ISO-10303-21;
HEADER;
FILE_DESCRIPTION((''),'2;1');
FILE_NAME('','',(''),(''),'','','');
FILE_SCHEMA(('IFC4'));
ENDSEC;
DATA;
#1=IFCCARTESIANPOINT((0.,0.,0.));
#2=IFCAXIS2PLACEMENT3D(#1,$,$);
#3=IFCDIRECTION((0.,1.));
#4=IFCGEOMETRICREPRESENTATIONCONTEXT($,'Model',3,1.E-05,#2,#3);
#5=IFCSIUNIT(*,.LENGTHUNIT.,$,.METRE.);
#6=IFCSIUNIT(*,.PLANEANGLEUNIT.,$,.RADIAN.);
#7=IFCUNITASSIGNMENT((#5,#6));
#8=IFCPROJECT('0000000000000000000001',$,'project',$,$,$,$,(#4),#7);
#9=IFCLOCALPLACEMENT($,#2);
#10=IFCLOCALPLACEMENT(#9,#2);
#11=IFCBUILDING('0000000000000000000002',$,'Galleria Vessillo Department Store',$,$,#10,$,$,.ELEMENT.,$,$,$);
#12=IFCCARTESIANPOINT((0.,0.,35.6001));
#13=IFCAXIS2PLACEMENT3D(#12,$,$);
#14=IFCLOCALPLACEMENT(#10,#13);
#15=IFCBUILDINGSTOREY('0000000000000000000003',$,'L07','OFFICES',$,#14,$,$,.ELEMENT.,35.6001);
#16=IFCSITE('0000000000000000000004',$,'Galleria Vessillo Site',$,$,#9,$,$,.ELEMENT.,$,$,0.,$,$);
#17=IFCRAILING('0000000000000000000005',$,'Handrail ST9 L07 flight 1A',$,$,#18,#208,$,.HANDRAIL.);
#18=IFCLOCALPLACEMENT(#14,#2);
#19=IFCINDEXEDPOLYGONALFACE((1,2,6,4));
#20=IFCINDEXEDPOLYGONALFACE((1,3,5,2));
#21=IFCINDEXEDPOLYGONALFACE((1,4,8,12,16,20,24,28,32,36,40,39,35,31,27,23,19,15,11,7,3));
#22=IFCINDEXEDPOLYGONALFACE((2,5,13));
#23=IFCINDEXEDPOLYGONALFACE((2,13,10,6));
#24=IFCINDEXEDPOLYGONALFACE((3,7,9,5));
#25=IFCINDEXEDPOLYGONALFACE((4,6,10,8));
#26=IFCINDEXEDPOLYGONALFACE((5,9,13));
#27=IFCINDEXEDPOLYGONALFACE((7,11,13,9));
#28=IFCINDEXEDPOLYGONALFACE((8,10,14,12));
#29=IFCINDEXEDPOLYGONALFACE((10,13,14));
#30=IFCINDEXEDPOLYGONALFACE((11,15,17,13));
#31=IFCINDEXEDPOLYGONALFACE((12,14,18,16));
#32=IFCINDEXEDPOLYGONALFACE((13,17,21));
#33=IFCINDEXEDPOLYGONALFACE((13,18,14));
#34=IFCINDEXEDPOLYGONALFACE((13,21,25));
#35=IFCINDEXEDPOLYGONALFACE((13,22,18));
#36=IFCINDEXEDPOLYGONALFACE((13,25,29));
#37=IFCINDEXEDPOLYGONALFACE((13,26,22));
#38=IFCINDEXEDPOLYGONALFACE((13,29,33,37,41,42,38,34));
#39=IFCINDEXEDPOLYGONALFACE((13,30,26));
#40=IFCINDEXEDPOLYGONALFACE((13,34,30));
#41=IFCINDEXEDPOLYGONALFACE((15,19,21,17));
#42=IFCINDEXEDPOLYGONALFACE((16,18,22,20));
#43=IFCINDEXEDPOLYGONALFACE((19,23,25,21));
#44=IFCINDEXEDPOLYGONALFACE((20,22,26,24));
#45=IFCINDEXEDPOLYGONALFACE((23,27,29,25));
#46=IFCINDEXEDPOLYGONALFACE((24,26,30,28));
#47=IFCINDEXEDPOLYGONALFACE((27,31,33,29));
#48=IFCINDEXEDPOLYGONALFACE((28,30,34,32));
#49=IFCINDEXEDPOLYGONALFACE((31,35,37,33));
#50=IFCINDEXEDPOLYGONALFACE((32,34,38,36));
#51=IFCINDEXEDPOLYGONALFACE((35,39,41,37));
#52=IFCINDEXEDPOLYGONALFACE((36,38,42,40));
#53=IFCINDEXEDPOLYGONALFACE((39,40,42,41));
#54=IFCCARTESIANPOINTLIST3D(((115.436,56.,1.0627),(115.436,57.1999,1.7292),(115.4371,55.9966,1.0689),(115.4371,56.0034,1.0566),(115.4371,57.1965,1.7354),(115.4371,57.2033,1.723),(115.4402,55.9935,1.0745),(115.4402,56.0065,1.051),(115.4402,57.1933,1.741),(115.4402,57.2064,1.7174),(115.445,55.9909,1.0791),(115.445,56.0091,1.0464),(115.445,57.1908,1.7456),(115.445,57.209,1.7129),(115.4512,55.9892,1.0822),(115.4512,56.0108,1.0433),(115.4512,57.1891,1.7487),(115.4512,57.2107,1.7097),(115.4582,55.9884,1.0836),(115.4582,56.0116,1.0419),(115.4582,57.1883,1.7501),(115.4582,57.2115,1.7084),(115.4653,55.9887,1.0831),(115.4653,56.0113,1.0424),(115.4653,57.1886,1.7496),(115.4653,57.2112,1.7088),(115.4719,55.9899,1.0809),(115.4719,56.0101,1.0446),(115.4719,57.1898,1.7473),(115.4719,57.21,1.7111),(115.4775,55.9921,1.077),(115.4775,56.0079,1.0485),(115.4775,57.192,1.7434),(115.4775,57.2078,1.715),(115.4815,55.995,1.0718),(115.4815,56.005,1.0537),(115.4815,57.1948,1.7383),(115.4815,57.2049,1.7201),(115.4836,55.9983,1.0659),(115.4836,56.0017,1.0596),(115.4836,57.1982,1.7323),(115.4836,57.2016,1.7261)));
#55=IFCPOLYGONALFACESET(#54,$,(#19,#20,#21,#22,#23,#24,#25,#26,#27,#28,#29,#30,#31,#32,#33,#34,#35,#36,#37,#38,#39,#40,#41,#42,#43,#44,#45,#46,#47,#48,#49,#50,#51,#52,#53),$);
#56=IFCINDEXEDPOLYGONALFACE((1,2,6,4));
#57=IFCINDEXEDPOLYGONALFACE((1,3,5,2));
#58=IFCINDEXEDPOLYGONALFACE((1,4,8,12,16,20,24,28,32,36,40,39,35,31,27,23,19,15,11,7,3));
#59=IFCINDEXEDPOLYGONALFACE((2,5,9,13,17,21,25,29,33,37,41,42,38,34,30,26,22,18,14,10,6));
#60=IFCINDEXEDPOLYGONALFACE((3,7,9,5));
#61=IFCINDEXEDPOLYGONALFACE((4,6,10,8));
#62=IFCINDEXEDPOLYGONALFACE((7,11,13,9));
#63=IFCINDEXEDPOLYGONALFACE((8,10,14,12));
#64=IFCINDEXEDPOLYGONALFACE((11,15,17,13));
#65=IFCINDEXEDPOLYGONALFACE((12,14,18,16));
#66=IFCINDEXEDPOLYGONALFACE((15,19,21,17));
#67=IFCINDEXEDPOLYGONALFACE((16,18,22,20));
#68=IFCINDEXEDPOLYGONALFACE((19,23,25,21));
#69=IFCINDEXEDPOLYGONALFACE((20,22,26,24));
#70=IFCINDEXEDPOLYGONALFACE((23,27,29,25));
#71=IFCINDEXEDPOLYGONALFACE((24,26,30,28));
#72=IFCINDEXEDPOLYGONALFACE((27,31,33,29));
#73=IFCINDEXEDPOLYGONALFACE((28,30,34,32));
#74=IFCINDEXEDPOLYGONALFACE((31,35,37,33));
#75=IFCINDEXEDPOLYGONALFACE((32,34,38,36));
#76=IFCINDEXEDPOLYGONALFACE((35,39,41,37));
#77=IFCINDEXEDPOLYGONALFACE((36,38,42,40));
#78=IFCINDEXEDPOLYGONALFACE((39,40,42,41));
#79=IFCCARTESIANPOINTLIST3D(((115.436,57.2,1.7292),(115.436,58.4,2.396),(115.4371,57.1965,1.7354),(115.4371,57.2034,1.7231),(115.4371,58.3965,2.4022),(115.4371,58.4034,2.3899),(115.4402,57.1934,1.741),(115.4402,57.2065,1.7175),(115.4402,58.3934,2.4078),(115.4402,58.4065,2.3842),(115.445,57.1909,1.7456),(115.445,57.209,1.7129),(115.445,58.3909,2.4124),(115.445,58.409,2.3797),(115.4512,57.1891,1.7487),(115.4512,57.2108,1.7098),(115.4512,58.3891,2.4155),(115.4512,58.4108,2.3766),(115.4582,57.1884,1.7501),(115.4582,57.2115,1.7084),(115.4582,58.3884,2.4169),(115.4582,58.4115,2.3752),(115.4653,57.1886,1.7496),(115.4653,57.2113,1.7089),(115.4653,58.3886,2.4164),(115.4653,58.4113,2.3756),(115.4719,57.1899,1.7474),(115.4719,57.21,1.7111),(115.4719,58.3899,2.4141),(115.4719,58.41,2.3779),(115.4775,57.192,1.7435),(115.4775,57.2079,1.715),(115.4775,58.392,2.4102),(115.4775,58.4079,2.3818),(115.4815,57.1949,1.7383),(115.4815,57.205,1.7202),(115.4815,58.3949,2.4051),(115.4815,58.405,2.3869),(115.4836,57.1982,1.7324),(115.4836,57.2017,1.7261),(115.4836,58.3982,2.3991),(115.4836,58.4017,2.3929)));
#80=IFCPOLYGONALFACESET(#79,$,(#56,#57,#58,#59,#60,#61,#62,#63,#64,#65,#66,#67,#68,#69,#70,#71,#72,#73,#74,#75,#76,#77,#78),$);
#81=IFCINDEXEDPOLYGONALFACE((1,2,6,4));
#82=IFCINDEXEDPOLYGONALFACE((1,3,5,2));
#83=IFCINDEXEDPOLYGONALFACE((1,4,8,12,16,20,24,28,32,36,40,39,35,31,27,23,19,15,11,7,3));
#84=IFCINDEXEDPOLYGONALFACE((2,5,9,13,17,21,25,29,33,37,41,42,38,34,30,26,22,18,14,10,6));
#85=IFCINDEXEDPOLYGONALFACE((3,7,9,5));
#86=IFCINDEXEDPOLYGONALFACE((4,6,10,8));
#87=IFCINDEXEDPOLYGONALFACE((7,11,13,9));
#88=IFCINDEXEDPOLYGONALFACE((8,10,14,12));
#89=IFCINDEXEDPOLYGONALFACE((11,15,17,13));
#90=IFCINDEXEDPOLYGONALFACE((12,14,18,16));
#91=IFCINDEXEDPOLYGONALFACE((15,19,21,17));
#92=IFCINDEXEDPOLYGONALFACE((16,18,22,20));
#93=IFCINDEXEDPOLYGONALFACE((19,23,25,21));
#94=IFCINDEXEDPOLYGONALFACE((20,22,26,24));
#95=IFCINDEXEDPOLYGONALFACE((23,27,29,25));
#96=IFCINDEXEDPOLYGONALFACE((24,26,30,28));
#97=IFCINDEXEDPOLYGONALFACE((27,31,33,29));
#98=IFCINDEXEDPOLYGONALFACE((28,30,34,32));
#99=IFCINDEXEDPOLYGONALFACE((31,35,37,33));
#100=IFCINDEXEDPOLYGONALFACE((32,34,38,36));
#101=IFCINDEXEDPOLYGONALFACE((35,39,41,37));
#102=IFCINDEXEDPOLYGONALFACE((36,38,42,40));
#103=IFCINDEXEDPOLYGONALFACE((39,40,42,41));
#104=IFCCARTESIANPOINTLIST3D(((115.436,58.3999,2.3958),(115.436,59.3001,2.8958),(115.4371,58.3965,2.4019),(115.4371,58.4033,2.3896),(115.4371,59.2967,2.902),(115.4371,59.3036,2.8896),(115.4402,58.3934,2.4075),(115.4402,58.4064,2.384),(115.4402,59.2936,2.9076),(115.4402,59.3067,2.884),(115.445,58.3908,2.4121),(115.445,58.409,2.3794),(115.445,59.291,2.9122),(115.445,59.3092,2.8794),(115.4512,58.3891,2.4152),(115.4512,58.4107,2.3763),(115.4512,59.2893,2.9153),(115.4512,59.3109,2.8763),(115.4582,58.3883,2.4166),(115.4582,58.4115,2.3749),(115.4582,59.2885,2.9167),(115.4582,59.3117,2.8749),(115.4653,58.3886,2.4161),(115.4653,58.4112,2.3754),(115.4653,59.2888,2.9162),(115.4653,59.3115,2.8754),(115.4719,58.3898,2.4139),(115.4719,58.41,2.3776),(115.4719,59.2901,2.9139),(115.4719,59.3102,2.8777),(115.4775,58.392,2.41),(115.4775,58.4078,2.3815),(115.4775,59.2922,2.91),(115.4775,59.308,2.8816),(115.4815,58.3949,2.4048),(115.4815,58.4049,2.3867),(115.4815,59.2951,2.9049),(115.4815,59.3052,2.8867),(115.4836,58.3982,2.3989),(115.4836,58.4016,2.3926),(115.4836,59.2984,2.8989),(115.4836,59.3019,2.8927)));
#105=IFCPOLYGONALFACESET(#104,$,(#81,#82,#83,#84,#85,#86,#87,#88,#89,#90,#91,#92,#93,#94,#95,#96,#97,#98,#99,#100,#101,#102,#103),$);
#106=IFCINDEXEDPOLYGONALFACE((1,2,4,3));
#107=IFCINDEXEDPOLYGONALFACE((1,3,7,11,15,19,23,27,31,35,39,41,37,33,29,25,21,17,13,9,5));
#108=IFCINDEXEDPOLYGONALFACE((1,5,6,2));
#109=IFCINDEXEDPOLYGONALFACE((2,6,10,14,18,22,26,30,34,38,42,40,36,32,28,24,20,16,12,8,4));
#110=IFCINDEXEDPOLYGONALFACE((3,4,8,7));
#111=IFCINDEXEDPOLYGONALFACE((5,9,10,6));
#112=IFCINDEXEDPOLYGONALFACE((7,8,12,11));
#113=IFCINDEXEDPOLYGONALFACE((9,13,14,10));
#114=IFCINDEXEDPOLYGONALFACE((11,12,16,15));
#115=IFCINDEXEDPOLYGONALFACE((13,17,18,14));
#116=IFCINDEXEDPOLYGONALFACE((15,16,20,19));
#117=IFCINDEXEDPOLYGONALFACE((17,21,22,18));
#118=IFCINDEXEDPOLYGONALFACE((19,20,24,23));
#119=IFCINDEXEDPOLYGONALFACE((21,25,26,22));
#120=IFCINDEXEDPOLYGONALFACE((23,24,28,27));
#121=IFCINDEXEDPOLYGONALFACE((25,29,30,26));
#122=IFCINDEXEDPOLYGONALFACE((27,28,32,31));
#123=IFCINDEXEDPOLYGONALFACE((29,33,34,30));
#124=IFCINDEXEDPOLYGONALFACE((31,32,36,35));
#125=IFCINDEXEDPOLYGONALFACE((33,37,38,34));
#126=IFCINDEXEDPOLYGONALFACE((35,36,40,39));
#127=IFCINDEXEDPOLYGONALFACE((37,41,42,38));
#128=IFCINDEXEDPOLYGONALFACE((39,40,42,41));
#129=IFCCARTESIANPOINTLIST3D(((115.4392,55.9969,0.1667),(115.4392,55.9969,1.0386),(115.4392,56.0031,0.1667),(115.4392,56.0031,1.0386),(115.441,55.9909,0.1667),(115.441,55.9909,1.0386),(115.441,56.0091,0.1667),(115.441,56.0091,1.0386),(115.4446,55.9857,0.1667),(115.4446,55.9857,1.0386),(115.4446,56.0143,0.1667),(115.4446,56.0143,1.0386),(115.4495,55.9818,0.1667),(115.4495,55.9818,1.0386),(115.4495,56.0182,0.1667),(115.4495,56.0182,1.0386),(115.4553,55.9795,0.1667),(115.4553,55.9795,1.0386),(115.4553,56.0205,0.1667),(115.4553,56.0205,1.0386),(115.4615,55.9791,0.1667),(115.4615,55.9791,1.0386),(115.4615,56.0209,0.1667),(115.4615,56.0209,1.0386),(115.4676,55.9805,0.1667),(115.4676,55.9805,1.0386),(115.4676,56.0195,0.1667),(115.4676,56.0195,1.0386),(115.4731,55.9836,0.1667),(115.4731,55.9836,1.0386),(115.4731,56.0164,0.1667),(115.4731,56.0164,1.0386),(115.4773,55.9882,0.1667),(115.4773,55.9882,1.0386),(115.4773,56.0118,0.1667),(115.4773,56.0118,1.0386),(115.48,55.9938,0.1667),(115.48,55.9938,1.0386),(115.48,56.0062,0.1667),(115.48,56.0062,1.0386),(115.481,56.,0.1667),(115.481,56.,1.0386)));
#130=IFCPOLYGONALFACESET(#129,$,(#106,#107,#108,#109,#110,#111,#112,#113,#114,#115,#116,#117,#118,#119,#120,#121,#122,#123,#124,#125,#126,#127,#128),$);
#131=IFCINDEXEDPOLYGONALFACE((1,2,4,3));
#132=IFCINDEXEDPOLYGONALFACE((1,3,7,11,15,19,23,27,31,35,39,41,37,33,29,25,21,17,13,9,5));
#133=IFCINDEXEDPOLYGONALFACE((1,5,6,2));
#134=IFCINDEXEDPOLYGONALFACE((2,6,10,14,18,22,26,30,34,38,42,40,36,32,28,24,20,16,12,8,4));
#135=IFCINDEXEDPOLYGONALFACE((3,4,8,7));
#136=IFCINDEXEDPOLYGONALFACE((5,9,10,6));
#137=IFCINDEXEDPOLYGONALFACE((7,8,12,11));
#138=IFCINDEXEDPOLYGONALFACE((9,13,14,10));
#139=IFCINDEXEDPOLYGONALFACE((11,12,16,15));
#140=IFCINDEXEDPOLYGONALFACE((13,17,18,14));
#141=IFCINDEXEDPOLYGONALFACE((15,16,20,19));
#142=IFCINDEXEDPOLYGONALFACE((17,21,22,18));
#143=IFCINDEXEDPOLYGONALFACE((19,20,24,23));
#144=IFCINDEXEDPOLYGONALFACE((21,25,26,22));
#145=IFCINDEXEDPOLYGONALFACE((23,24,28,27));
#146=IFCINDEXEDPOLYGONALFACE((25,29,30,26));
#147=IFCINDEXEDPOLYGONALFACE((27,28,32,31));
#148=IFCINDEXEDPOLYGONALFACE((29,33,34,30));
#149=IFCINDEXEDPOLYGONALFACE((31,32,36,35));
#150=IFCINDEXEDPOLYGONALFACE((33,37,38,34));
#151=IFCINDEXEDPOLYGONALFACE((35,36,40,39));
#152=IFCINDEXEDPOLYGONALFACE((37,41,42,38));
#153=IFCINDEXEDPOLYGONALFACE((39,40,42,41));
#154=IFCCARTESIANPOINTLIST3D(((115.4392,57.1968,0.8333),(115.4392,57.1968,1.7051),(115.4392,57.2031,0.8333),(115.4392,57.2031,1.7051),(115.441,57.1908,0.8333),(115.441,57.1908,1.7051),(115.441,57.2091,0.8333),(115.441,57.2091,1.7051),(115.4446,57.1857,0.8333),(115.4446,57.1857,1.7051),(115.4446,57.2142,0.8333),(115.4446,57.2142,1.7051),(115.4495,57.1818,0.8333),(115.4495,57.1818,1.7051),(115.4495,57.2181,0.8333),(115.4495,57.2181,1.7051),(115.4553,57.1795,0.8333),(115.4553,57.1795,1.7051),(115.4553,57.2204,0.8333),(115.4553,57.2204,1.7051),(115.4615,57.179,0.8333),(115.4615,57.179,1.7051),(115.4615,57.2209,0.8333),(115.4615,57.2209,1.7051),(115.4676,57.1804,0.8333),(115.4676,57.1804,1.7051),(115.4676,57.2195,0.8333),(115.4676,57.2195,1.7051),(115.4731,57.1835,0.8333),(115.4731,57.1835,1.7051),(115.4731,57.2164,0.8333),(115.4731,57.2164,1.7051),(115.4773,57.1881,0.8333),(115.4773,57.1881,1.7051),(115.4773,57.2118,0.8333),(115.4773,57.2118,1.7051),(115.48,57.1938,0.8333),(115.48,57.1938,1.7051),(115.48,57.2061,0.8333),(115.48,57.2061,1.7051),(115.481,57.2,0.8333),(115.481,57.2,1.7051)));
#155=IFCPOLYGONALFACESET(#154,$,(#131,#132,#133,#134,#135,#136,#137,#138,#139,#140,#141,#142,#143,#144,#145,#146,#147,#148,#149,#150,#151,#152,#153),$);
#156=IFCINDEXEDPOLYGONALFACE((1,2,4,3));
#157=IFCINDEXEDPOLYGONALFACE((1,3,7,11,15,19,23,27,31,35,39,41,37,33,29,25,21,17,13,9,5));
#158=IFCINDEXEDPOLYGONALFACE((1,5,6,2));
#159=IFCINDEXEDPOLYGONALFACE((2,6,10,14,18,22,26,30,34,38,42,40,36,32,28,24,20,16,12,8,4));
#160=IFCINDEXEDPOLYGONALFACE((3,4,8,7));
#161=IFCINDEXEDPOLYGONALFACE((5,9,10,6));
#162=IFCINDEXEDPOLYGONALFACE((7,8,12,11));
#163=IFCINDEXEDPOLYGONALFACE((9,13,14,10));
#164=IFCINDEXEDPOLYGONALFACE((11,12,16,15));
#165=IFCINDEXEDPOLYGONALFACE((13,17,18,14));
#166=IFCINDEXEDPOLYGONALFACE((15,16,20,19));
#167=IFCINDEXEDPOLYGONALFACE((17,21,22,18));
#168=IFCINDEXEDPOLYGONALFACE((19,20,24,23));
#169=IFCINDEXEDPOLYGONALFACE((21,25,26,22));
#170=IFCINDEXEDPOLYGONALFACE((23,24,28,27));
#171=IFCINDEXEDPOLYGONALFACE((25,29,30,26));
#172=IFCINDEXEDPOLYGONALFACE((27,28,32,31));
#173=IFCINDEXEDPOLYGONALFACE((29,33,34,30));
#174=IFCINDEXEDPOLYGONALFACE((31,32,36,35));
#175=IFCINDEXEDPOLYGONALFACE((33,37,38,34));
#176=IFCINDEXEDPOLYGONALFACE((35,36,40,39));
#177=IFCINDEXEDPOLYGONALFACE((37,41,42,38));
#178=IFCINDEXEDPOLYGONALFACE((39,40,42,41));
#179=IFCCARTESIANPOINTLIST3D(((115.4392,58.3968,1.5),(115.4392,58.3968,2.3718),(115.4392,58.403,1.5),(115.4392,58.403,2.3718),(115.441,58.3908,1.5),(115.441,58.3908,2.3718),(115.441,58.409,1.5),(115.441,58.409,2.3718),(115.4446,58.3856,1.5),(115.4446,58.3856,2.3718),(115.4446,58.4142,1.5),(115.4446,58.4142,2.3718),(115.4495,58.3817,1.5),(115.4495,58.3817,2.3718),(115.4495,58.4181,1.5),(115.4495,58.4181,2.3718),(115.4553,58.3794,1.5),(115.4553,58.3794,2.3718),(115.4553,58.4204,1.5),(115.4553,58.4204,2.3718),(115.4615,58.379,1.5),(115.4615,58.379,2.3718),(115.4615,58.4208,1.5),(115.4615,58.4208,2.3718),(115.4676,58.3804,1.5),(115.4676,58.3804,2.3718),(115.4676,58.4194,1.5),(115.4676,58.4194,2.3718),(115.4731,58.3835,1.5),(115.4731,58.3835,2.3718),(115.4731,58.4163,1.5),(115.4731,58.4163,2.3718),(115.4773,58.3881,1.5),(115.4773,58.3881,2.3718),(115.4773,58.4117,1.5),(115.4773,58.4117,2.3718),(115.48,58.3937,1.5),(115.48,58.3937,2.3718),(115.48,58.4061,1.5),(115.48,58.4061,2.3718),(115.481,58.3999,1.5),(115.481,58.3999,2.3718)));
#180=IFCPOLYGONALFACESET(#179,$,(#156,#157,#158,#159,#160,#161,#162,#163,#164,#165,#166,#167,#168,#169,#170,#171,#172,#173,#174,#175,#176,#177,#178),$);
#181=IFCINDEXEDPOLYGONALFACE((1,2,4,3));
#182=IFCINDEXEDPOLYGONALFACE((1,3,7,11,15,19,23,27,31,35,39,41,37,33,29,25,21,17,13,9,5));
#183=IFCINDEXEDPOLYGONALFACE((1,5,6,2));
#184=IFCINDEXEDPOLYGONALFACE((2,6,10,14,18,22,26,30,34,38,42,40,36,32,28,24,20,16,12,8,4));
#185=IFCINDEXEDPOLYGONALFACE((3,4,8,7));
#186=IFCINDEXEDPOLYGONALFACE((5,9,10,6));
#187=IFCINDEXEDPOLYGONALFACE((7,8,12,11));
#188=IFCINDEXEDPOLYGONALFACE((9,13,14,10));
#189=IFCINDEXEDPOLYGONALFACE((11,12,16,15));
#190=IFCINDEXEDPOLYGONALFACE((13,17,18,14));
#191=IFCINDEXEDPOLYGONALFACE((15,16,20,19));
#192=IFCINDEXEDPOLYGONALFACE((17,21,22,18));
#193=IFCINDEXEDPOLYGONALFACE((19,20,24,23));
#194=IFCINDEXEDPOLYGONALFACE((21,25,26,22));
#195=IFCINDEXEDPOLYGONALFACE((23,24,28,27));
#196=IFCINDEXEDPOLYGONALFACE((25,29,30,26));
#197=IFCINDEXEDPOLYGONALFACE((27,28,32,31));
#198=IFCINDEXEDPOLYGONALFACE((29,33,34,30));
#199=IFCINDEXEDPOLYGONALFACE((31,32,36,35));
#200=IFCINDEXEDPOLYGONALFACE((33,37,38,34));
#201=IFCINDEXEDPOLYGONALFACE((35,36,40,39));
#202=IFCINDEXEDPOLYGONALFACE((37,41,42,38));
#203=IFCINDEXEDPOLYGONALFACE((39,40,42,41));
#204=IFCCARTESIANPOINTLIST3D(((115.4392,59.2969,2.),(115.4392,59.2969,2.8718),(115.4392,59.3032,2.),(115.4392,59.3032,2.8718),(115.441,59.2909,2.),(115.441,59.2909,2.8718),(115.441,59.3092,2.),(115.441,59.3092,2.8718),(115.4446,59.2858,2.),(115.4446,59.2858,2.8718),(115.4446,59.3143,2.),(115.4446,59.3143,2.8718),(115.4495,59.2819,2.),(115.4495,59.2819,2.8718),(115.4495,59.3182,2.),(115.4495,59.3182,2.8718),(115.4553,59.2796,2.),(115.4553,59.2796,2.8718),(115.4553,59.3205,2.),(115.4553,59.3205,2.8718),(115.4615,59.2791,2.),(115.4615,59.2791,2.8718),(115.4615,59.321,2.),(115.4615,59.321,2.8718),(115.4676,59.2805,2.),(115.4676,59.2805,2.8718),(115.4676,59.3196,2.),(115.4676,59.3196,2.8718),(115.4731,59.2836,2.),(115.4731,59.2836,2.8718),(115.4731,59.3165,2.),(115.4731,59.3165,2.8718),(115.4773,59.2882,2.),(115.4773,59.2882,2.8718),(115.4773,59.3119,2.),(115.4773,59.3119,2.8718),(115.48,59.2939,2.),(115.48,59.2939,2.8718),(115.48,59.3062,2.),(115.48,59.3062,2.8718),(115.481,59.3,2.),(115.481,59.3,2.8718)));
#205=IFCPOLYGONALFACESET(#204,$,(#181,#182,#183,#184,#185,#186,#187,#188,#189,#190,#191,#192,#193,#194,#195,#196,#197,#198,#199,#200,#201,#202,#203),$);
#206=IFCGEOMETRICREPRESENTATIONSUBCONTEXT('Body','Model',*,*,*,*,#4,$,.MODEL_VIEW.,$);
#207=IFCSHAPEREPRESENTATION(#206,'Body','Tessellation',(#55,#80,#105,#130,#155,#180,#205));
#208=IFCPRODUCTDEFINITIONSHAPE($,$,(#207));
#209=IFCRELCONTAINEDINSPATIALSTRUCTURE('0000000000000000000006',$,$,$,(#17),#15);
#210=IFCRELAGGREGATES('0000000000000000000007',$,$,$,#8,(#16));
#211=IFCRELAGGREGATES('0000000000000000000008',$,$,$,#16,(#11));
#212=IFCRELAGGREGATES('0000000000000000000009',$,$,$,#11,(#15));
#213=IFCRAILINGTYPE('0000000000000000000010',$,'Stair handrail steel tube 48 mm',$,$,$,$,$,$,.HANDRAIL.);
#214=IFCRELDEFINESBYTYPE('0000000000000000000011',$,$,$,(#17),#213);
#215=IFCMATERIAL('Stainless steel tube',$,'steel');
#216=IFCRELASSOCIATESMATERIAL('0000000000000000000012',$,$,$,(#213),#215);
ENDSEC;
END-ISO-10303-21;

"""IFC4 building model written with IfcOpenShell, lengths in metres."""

from ifc_helpers import new_model, si_unit, direction, frame, origin, origin_2d, place, context, subcontext, project, spatial, circle, extrude, material, type_object, element, save


model = new_model("IFC4")

# Units and contexts
model_context = context("Model", 3, precision=1e-05, world=origin(), true_north=direction((0.0, 1.0)))
body_context = subcontext(model_context, "Body", "Model", "MODEL_VIEW")
ifc_project = project(units=[si_unit("LENGTHUNIT", "METRE"), si_unit("PLANEANGLEUNIT", "RADIAN")], contexts=[model_context])

# Site, building, storey
site_placement = place(None, origin())
site = spatial("IfcSite", under=ifc_project, at=site_placement, Name="Galleria Vessillo Site", CompositionType="ELEMENT", RefElevation=0.0)
building_placement = place(site_placement, origin())
building = spatial("IfcBuilding", under=site, at=building_placement, Name="Galleria Vessillo Department Store", CompositionType="ELEMENT")
storey_placement = place(building_placement, frame((0.0, 0.0, 35.6001)))
storey = spatial("IfcBuildingStorey", under=building, at=storey_placement, Name="L07", Description="OFFICES", CompositionType="ELEMENT", Elevation=35.6001)

# Railing
ifc_material_1 = material(Name="Stainless steel tube", Category="steel")
railing_type = type_object("IfcRailingType", Name="Stair handrail steel tube 48 mm", PredefinedType="HANDRAIL", material=ifc_material_1)
for number, where, name in (
    (1, (115.46, 56.0, 0.1667), "Handrail ST9 L07 flight 1A"),
):
    element("IfcRailing", number, at=place(storey_placement, frame(where)), inside=storey, type_object=railing_type, Name=name, PredefinedType="HANDRAIL", context=body_context, shape_type="SweptSolid", body=[
        extrude(circle(Radius=0.0239, at=origin_2d()), frame((0.0, 0.0, 0.896), z_axis=(0.0, 0.874199, 0.485567), x_axis=(-1.0, 0.0, 0.0)), (0.0, 0.0, 1.0), 1.3726),
        extrude(circle(Radius=0.0239, at=origin_2d()), frame((0.0, 1.2, 1.5625), z_axis=(0.0, 0.874124, 0.485703), x_axis=(-1.0, 0.0, 0.0)), (0.0, 0.0, 1.0), 1.3728),
        extrude(circle(Radius=0.0239, at=origin_2d()), frame((0.0, 2.3999, 2.229), z_axis=(0.0, 0.874191, 0.485583), x_axis=(-1.0, 0.0, 0.0)), (0.0, 0.0, 1.0), 1.0298),
        extrude(circle(Radius=0.021, at=origin_2d()), origin(), (0.0, 0.0, 1.0), 0.8718),
        extrude(circle(Radius=0.021, at=origin_2d()), frame((0.0, 1.2, 0.6665)), (0.0, 0.0, 1.0), 0.8718),
        extrude(circle(Radius=0.021, at=origin_2d()), frame((0.0, 2.3999, 1.3333)), (0.0, 0.0, 1.0), 0.8718),
        extrude(circle(Radius=0.021, at=origin_2d()), frame((0.0, 3.3, 1.8333)), (0.0, 0.0, 1.0), 0.8718),
    ])

save(model, "model.ifc")
